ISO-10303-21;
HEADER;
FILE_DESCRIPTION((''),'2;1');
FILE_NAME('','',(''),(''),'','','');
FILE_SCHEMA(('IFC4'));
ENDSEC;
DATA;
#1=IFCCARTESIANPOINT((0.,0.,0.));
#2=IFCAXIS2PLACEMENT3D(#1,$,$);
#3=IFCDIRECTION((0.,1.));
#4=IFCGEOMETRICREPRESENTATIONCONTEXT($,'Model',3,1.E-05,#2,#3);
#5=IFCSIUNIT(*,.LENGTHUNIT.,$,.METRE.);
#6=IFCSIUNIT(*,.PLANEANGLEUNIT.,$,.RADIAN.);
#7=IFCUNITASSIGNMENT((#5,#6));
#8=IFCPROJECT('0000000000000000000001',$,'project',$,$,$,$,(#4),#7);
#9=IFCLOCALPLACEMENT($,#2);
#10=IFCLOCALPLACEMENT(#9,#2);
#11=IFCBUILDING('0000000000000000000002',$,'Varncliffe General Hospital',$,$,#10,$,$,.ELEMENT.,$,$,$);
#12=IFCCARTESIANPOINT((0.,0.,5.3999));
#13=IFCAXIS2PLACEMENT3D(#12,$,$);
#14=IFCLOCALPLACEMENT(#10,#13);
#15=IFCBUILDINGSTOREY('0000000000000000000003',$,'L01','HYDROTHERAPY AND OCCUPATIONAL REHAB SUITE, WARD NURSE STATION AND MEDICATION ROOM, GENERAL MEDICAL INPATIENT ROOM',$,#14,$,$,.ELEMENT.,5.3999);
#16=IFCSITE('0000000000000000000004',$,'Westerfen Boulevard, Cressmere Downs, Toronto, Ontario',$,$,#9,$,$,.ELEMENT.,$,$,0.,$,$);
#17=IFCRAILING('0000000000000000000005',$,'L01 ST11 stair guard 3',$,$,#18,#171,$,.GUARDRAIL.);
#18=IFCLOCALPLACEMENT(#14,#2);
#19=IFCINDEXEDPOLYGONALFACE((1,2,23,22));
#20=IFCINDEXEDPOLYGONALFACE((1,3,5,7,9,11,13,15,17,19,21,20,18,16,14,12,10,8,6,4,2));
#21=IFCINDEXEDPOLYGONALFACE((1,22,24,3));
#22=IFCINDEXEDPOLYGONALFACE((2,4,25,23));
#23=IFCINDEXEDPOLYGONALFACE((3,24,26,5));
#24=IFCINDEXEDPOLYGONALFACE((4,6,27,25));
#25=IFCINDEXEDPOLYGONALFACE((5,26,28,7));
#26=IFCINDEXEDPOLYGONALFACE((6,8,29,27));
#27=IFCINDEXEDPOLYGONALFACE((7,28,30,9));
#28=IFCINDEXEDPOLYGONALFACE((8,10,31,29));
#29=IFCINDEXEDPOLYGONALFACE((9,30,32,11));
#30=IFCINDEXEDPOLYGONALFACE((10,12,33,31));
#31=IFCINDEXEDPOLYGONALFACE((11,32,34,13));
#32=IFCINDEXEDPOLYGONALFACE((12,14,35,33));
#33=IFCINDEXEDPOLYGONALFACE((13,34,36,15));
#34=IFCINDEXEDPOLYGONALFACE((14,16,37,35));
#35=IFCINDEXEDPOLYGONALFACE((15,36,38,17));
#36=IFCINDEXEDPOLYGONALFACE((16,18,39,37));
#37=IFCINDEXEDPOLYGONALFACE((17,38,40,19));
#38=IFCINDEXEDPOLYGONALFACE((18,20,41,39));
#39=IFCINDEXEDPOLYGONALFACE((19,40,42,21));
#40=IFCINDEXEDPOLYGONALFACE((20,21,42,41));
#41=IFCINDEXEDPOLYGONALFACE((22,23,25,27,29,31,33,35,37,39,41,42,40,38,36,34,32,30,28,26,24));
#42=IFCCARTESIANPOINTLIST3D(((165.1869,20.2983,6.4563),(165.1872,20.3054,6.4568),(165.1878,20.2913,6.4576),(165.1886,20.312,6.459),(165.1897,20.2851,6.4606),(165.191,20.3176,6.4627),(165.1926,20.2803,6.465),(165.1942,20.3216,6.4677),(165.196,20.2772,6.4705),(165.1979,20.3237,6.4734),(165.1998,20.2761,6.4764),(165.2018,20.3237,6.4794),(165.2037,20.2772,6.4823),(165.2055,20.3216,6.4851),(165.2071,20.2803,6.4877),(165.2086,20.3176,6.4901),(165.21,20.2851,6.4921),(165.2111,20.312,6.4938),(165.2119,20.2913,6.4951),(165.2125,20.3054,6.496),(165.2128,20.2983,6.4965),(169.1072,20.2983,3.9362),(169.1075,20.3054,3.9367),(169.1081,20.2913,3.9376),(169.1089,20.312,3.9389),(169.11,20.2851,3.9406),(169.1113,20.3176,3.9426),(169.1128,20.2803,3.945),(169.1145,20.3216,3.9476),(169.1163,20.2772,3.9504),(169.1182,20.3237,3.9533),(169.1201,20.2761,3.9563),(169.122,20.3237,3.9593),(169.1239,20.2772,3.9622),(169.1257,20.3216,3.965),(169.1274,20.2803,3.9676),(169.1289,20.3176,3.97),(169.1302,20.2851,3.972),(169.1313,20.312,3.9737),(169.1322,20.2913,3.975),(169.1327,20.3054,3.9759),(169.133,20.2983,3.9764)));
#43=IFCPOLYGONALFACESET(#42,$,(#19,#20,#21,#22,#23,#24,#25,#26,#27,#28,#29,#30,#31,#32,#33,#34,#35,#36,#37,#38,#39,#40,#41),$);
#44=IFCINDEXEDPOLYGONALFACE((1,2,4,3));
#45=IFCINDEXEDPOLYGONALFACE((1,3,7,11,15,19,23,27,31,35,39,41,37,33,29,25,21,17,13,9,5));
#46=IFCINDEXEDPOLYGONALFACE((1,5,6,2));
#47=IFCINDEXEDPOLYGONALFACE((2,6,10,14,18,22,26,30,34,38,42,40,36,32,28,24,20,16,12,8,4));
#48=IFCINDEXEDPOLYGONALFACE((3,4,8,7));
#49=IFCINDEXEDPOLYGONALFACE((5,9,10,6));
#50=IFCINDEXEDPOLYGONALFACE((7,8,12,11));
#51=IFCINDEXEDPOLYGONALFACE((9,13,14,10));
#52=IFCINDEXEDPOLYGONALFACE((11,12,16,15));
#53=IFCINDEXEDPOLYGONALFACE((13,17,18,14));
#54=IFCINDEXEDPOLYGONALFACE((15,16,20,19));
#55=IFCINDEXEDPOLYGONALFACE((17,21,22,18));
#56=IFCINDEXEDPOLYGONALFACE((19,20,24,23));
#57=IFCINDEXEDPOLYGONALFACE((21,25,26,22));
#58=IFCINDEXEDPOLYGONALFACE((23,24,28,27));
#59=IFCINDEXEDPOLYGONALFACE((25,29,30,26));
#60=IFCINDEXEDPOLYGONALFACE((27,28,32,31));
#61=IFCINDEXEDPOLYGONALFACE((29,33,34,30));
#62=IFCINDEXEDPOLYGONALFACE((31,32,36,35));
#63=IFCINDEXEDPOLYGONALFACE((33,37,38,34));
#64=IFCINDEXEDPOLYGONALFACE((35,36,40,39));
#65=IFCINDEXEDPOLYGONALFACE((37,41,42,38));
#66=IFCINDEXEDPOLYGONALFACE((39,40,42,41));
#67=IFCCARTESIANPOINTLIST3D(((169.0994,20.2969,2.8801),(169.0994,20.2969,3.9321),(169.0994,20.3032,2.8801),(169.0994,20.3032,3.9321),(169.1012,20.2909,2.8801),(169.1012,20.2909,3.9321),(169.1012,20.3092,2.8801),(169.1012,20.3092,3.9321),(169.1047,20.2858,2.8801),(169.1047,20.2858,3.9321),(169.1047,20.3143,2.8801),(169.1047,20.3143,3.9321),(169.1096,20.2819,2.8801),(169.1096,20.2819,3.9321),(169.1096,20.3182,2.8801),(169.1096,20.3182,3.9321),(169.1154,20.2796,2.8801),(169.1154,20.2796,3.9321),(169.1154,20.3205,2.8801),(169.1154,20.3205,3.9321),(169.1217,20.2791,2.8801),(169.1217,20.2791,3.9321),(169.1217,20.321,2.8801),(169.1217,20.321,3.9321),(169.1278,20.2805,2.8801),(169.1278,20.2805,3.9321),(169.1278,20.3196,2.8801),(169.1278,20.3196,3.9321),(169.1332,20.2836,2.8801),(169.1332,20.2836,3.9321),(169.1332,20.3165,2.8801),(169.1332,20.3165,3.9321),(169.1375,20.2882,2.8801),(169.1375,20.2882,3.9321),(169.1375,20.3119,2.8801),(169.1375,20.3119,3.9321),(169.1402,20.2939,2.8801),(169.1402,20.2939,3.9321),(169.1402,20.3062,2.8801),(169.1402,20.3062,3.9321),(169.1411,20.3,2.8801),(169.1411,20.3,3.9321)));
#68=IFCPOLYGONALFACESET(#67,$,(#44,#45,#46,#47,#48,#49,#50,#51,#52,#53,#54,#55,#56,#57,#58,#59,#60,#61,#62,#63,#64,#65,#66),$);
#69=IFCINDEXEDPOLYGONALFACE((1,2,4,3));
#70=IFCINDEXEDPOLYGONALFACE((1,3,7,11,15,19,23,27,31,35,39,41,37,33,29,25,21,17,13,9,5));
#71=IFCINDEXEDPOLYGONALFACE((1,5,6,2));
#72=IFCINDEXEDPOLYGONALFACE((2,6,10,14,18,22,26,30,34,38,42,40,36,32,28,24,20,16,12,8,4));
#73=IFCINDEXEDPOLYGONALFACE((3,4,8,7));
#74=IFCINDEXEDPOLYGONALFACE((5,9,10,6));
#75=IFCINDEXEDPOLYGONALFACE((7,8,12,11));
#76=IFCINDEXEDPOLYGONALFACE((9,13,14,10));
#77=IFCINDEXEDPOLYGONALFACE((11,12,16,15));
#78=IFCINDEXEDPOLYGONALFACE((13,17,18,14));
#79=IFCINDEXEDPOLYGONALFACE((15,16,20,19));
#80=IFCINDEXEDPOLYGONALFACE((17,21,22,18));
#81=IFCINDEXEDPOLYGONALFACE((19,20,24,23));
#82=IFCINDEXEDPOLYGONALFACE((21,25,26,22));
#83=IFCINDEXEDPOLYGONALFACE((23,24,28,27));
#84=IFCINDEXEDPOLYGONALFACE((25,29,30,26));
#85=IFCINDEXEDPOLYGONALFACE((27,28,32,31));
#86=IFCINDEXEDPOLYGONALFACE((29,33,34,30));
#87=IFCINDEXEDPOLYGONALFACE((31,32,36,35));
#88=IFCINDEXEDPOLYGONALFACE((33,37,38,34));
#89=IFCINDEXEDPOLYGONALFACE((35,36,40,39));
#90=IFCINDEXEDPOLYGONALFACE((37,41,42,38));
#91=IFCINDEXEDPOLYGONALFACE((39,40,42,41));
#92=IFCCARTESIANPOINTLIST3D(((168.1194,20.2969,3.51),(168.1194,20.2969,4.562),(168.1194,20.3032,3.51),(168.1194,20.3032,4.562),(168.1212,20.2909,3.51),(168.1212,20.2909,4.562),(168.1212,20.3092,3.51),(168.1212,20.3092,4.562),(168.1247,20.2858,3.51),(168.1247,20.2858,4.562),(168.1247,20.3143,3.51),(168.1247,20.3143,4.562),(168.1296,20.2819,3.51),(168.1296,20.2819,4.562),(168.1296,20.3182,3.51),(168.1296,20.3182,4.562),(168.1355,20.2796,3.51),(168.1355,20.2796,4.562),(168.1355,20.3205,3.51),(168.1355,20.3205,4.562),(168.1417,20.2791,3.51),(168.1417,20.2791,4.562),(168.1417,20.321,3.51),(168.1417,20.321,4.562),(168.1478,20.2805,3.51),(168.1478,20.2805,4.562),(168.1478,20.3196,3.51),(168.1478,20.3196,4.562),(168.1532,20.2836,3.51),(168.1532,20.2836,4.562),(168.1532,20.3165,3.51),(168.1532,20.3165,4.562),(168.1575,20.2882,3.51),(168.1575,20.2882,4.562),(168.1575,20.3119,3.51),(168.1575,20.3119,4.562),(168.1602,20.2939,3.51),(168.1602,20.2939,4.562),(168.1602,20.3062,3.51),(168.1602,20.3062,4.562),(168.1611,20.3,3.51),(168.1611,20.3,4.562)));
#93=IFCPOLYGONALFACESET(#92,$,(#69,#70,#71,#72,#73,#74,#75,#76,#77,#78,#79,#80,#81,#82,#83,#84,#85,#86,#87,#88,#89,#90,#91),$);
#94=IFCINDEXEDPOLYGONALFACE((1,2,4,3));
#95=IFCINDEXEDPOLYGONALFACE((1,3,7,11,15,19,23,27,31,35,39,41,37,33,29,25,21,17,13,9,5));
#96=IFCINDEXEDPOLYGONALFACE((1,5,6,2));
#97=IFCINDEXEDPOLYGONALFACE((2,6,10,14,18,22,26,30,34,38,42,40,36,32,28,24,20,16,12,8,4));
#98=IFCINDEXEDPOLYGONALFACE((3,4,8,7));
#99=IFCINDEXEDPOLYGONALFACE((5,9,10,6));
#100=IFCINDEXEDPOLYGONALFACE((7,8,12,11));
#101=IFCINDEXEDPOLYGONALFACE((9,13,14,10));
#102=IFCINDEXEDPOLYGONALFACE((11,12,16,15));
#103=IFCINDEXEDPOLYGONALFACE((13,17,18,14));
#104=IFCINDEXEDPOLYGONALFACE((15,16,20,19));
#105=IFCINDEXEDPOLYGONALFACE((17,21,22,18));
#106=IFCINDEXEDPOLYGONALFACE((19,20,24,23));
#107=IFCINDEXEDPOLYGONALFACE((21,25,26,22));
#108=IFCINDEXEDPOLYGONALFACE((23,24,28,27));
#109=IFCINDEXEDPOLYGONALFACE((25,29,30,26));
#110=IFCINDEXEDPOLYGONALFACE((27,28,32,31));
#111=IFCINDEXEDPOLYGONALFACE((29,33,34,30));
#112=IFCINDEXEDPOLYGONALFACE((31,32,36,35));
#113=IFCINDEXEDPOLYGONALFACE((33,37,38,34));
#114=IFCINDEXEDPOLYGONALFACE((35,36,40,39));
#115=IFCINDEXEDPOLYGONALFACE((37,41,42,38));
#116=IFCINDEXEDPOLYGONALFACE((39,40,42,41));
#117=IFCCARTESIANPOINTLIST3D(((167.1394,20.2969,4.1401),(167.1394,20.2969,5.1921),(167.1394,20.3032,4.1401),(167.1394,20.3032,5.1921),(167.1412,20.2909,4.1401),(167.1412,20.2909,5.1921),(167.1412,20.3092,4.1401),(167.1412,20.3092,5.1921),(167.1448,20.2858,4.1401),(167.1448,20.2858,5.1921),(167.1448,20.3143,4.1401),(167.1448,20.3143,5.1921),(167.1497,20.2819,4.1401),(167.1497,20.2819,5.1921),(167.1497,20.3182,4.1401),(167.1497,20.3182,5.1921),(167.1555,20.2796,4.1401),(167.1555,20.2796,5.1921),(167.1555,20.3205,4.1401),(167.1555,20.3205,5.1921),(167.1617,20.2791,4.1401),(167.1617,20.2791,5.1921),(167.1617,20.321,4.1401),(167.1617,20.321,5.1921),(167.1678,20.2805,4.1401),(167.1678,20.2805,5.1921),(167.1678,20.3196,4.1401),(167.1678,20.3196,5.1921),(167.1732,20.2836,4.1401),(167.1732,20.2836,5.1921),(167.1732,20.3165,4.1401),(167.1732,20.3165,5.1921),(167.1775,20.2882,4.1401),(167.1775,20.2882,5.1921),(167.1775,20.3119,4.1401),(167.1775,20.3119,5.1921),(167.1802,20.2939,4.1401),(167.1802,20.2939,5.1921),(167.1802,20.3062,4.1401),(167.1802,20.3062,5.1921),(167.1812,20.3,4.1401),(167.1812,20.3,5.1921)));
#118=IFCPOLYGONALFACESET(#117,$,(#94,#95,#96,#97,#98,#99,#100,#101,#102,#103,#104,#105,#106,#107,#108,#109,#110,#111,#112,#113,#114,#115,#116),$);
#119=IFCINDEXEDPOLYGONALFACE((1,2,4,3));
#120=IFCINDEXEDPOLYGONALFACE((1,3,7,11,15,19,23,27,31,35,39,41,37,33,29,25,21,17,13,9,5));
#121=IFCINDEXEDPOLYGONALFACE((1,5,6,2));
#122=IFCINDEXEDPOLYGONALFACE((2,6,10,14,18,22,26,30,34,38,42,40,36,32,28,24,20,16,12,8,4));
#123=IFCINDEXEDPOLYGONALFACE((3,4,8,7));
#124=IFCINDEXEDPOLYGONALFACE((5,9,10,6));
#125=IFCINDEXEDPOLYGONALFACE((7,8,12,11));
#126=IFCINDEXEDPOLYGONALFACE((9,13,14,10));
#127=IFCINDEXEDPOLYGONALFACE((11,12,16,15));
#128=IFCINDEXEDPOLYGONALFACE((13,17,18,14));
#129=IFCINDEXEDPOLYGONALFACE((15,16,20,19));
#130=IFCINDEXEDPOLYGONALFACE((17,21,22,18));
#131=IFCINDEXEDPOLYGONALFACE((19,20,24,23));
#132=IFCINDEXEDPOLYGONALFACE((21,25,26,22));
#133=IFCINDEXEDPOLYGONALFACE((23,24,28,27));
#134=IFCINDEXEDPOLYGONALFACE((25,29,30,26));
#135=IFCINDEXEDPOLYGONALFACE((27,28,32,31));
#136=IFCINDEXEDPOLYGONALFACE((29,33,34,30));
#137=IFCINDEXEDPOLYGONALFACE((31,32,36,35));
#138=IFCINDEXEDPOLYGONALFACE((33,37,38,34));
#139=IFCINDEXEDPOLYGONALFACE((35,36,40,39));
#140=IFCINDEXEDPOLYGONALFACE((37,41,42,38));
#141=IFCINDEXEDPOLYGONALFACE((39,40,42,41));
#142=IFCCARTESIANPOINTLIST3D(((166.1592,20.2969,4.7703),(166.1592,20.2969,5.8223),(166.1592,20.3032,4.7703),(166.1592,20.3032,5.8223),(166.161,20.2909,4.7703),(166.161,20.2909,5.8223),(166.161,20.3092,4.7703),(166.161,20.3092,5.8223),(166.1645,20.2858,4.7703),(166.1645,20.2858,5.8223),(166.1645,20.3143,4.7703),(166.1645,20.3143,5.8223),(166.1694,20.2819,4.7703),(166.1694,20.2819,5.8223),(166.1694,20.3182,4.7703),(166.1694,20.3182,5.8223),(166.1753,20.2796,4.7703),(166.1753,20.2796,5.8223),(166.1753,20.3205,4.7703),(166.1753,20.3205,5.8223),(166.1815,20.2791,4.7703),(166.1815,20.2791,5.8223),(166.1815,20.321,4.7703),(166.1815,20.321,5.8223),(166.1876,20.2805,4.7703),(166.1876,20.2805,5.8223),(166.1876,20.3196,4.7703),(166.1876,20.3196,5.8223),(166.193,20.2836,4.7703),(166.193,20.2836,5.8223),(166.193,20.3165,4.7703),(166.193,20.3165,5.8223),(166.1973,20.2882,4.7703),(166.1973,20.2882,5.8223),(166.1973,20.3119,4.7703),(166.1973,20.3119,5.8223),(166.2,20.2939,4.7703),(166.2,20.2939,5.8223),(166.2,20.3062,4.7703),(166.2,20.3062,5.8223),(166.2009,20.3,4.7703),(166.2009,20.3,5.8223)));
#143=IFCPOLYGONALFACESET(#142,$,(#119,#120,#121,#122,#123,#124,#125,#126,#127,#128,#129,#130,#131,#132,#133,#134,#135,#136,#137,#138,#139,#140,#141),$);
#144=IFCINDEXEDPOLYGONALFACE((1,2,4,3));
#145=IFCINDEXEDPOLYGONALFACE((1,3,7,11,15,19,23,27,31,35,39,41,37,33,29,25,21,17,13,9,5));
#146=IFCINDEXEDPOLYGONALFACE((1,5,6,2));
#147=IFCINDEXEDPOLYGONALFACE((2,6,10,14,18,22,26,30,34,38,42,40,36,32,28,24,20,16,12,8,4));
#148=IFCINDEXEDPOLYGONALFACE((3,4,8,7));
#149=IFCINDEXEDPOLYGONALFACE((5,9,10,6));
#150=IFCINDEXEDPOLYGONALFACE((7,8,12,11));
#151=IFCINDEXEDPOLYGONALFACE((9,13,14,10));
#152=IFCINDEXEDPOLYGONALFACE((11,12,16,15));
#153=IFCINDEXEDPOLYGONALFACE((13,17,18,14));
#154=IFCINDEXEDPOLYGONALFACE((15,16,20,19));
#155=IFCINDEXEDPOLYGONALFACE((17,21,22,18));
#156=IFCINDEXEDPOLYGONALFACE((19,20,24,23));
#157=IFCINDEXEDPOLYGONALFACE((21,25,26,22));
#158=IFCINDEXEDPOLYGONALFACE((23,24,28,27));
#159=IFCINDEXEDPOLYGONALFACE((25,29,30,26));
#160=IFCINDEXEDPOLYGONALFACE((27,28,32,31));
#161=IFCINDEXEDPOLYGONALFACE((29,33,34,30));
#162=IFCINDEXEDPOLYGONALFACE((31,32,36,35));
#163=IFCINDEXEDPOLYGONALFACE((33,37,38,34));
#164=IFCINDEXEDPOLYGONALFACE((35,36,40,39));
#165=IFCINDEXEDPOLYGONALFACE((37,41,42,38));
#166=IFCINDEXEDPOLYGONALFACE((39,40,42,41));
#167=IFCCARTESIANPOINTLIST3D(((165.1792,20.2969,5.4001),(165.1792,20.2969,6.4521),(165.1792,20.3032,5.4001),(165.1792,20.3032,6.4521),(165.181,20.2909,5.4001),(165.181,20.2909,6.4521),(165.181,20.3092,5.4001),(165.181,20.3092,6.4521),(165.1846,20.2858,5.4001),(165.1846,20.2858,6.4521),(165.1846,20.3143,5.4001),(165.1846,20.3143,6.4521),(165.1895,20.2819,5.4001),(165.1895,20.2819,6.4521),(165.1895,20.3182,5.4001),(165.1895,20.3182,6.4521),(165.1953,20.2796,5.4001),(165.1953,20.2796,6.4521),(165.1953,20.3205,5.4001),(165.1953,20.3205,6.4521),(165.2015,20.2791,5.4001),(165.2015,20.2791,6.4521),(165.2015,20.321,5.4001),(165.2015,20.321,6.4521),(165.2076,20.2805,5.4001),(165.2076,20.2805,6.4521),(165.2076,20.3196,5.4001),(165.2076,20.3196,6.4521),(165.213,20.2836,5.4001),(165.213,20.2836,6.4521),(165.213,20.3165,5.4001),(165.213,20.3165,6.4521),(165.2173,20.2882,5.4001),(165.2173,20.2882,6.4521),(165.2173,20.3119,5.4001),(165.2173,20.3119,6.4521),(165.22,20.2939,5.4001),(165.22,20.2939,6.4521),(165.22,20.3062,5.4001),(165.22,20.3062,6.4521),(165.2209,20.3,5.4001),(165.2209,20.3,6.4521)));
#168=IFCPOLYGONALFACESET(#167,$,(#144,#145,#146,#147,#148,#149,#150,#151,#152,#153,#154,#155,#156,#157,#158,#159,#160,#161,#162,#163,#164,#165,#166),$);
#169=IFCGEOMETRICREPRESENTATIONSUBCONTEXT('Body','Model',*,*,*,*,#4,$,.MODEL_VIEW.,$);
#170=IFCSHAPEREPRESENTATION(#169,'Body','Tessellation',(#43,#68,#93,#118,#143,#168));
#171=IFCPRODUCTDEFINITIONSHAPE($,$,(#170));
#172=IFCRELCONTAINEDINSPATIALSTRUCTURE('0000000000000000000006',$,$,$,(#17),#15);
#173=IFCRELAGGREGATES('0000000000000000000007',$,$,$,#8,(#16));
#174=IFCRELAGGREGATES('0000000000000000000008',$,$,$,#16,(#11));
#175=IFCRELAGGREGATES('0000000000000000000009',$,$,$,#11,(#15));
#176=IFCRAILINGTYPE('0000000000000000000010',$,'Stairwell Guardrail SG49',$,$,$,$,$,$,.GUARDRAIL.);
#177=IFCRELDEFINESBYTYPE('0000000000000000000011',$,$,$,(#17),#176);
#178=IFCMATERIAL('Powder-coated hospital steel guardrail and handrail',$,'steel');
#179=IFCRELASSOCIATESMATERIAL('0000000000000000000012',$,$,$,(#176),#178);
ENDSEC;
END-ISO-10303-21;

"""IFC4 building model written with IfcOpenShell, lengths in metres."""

from ifc_helpers import new_model, si_unit, direction, frame, origin, origin_2d, place, context, subcontext, project, spatial, circle, extrude, material, type_object, element, save


model = new_model("IFC4")

# Units and contexts
model_context = context("Model", 3, precision=1e-05, world=origin(), true_north=direction((0.0, 1.0)))
body_context = subcontext(model_context, "Body", "Model", "MODEL_VIEW")
ifc_project = project(units=[si_unit("LENGTHUNIT", "METRE"), si_unit("PLANEANGLEUNIT", "RADIAN")], contexts=[model_context])

# Site, building, storey
site_placement = place(None, origin())
site = spatial("IfcSite", under=ifc_project, at=site_placement, Name="Westerfen Boulevard, Cressmere Downs, Toronto, Ontario", CompositionType="ELEMENT", RefElevation=0.0)
building_placement = place(site_placement, origin())
building = spatial("IfcBuilding", under=site, at=building_placement, Name="Varncliffe General Hospital", CompositionType="ELEMENT")
storey_placement = place(building_placement, frame((0.0, 0.0, 5.3999)))
storey = spatial("IfcBuildingStorey", under=building, at=storey_placement, Name="L01", Description="HYDROTHERAPY AND OCCUPATIONAL REHAB SUITE, WARD NURSE STATION AND MEDICATION ROOM, GENERAL MEDICAL INPATIENT ROOM", CompositionType="ELEMENT", Elevation=5.3999)

# Railing
ifc_material_1 = material(Name="Powder-coated hospital steel guardrail and handrail", Category="steel")
railing_type_1 = type_object("IfcRailingType", Name="Stairwell Guardrail SG49", PredefinedType="GUARDRAIL", material=ifc_material_1)
railing_1_placement = place(storey_placement, frame((169.1201, 20.3, 2.8801)))
element("IfcRailing", 1, at=railing_1_placement, inside=storey, type_object=railing_type_1, Name="L01 ST11 stair guard 3", PredefinedType="GUARDRAIL", context=body_context, shape_type="SweptSolid", body=[
    extrude(circle(Radius=0.0239, at=origin_2d()), frame((0.0, 0.0, 1.0762), z_axis=(-0.841187, 0.0, 0.540744), x_axis=(0.0, -1.0, 0.0)), (0.0, 0.0, 1.0), 4.6604),
    extrude(circle(Radius=0.021, at=origin_2d()), origin(), (0.0, 0.0, 1.0), 1.052),
    extrude(circle(Radius=0.021, at=origin_2d()), frame((-0.98, 0.0, 0.6299)), (0.0, 0.0, 1.0), 1.052),
    extrude(circle(Radius=0.021, at=origin_2d()), frame((-1.96, 0.0, 1.26)), (0.0, 0.0, 1.0), 1.052),
    extrude(circle(Radius=0.021, at=origin_2d()), frame((-2.9402, 0.0, 1.8901)), (0.0, 0.0, 1.0), 1.052),
    extrude(circle(Radius=0.021, at=origin_2d()), frame((-3.9202, 0.0, 2.52)), (0.0, 0.0, 1.0), 1.052),
])

save(model, "model.ifc")
